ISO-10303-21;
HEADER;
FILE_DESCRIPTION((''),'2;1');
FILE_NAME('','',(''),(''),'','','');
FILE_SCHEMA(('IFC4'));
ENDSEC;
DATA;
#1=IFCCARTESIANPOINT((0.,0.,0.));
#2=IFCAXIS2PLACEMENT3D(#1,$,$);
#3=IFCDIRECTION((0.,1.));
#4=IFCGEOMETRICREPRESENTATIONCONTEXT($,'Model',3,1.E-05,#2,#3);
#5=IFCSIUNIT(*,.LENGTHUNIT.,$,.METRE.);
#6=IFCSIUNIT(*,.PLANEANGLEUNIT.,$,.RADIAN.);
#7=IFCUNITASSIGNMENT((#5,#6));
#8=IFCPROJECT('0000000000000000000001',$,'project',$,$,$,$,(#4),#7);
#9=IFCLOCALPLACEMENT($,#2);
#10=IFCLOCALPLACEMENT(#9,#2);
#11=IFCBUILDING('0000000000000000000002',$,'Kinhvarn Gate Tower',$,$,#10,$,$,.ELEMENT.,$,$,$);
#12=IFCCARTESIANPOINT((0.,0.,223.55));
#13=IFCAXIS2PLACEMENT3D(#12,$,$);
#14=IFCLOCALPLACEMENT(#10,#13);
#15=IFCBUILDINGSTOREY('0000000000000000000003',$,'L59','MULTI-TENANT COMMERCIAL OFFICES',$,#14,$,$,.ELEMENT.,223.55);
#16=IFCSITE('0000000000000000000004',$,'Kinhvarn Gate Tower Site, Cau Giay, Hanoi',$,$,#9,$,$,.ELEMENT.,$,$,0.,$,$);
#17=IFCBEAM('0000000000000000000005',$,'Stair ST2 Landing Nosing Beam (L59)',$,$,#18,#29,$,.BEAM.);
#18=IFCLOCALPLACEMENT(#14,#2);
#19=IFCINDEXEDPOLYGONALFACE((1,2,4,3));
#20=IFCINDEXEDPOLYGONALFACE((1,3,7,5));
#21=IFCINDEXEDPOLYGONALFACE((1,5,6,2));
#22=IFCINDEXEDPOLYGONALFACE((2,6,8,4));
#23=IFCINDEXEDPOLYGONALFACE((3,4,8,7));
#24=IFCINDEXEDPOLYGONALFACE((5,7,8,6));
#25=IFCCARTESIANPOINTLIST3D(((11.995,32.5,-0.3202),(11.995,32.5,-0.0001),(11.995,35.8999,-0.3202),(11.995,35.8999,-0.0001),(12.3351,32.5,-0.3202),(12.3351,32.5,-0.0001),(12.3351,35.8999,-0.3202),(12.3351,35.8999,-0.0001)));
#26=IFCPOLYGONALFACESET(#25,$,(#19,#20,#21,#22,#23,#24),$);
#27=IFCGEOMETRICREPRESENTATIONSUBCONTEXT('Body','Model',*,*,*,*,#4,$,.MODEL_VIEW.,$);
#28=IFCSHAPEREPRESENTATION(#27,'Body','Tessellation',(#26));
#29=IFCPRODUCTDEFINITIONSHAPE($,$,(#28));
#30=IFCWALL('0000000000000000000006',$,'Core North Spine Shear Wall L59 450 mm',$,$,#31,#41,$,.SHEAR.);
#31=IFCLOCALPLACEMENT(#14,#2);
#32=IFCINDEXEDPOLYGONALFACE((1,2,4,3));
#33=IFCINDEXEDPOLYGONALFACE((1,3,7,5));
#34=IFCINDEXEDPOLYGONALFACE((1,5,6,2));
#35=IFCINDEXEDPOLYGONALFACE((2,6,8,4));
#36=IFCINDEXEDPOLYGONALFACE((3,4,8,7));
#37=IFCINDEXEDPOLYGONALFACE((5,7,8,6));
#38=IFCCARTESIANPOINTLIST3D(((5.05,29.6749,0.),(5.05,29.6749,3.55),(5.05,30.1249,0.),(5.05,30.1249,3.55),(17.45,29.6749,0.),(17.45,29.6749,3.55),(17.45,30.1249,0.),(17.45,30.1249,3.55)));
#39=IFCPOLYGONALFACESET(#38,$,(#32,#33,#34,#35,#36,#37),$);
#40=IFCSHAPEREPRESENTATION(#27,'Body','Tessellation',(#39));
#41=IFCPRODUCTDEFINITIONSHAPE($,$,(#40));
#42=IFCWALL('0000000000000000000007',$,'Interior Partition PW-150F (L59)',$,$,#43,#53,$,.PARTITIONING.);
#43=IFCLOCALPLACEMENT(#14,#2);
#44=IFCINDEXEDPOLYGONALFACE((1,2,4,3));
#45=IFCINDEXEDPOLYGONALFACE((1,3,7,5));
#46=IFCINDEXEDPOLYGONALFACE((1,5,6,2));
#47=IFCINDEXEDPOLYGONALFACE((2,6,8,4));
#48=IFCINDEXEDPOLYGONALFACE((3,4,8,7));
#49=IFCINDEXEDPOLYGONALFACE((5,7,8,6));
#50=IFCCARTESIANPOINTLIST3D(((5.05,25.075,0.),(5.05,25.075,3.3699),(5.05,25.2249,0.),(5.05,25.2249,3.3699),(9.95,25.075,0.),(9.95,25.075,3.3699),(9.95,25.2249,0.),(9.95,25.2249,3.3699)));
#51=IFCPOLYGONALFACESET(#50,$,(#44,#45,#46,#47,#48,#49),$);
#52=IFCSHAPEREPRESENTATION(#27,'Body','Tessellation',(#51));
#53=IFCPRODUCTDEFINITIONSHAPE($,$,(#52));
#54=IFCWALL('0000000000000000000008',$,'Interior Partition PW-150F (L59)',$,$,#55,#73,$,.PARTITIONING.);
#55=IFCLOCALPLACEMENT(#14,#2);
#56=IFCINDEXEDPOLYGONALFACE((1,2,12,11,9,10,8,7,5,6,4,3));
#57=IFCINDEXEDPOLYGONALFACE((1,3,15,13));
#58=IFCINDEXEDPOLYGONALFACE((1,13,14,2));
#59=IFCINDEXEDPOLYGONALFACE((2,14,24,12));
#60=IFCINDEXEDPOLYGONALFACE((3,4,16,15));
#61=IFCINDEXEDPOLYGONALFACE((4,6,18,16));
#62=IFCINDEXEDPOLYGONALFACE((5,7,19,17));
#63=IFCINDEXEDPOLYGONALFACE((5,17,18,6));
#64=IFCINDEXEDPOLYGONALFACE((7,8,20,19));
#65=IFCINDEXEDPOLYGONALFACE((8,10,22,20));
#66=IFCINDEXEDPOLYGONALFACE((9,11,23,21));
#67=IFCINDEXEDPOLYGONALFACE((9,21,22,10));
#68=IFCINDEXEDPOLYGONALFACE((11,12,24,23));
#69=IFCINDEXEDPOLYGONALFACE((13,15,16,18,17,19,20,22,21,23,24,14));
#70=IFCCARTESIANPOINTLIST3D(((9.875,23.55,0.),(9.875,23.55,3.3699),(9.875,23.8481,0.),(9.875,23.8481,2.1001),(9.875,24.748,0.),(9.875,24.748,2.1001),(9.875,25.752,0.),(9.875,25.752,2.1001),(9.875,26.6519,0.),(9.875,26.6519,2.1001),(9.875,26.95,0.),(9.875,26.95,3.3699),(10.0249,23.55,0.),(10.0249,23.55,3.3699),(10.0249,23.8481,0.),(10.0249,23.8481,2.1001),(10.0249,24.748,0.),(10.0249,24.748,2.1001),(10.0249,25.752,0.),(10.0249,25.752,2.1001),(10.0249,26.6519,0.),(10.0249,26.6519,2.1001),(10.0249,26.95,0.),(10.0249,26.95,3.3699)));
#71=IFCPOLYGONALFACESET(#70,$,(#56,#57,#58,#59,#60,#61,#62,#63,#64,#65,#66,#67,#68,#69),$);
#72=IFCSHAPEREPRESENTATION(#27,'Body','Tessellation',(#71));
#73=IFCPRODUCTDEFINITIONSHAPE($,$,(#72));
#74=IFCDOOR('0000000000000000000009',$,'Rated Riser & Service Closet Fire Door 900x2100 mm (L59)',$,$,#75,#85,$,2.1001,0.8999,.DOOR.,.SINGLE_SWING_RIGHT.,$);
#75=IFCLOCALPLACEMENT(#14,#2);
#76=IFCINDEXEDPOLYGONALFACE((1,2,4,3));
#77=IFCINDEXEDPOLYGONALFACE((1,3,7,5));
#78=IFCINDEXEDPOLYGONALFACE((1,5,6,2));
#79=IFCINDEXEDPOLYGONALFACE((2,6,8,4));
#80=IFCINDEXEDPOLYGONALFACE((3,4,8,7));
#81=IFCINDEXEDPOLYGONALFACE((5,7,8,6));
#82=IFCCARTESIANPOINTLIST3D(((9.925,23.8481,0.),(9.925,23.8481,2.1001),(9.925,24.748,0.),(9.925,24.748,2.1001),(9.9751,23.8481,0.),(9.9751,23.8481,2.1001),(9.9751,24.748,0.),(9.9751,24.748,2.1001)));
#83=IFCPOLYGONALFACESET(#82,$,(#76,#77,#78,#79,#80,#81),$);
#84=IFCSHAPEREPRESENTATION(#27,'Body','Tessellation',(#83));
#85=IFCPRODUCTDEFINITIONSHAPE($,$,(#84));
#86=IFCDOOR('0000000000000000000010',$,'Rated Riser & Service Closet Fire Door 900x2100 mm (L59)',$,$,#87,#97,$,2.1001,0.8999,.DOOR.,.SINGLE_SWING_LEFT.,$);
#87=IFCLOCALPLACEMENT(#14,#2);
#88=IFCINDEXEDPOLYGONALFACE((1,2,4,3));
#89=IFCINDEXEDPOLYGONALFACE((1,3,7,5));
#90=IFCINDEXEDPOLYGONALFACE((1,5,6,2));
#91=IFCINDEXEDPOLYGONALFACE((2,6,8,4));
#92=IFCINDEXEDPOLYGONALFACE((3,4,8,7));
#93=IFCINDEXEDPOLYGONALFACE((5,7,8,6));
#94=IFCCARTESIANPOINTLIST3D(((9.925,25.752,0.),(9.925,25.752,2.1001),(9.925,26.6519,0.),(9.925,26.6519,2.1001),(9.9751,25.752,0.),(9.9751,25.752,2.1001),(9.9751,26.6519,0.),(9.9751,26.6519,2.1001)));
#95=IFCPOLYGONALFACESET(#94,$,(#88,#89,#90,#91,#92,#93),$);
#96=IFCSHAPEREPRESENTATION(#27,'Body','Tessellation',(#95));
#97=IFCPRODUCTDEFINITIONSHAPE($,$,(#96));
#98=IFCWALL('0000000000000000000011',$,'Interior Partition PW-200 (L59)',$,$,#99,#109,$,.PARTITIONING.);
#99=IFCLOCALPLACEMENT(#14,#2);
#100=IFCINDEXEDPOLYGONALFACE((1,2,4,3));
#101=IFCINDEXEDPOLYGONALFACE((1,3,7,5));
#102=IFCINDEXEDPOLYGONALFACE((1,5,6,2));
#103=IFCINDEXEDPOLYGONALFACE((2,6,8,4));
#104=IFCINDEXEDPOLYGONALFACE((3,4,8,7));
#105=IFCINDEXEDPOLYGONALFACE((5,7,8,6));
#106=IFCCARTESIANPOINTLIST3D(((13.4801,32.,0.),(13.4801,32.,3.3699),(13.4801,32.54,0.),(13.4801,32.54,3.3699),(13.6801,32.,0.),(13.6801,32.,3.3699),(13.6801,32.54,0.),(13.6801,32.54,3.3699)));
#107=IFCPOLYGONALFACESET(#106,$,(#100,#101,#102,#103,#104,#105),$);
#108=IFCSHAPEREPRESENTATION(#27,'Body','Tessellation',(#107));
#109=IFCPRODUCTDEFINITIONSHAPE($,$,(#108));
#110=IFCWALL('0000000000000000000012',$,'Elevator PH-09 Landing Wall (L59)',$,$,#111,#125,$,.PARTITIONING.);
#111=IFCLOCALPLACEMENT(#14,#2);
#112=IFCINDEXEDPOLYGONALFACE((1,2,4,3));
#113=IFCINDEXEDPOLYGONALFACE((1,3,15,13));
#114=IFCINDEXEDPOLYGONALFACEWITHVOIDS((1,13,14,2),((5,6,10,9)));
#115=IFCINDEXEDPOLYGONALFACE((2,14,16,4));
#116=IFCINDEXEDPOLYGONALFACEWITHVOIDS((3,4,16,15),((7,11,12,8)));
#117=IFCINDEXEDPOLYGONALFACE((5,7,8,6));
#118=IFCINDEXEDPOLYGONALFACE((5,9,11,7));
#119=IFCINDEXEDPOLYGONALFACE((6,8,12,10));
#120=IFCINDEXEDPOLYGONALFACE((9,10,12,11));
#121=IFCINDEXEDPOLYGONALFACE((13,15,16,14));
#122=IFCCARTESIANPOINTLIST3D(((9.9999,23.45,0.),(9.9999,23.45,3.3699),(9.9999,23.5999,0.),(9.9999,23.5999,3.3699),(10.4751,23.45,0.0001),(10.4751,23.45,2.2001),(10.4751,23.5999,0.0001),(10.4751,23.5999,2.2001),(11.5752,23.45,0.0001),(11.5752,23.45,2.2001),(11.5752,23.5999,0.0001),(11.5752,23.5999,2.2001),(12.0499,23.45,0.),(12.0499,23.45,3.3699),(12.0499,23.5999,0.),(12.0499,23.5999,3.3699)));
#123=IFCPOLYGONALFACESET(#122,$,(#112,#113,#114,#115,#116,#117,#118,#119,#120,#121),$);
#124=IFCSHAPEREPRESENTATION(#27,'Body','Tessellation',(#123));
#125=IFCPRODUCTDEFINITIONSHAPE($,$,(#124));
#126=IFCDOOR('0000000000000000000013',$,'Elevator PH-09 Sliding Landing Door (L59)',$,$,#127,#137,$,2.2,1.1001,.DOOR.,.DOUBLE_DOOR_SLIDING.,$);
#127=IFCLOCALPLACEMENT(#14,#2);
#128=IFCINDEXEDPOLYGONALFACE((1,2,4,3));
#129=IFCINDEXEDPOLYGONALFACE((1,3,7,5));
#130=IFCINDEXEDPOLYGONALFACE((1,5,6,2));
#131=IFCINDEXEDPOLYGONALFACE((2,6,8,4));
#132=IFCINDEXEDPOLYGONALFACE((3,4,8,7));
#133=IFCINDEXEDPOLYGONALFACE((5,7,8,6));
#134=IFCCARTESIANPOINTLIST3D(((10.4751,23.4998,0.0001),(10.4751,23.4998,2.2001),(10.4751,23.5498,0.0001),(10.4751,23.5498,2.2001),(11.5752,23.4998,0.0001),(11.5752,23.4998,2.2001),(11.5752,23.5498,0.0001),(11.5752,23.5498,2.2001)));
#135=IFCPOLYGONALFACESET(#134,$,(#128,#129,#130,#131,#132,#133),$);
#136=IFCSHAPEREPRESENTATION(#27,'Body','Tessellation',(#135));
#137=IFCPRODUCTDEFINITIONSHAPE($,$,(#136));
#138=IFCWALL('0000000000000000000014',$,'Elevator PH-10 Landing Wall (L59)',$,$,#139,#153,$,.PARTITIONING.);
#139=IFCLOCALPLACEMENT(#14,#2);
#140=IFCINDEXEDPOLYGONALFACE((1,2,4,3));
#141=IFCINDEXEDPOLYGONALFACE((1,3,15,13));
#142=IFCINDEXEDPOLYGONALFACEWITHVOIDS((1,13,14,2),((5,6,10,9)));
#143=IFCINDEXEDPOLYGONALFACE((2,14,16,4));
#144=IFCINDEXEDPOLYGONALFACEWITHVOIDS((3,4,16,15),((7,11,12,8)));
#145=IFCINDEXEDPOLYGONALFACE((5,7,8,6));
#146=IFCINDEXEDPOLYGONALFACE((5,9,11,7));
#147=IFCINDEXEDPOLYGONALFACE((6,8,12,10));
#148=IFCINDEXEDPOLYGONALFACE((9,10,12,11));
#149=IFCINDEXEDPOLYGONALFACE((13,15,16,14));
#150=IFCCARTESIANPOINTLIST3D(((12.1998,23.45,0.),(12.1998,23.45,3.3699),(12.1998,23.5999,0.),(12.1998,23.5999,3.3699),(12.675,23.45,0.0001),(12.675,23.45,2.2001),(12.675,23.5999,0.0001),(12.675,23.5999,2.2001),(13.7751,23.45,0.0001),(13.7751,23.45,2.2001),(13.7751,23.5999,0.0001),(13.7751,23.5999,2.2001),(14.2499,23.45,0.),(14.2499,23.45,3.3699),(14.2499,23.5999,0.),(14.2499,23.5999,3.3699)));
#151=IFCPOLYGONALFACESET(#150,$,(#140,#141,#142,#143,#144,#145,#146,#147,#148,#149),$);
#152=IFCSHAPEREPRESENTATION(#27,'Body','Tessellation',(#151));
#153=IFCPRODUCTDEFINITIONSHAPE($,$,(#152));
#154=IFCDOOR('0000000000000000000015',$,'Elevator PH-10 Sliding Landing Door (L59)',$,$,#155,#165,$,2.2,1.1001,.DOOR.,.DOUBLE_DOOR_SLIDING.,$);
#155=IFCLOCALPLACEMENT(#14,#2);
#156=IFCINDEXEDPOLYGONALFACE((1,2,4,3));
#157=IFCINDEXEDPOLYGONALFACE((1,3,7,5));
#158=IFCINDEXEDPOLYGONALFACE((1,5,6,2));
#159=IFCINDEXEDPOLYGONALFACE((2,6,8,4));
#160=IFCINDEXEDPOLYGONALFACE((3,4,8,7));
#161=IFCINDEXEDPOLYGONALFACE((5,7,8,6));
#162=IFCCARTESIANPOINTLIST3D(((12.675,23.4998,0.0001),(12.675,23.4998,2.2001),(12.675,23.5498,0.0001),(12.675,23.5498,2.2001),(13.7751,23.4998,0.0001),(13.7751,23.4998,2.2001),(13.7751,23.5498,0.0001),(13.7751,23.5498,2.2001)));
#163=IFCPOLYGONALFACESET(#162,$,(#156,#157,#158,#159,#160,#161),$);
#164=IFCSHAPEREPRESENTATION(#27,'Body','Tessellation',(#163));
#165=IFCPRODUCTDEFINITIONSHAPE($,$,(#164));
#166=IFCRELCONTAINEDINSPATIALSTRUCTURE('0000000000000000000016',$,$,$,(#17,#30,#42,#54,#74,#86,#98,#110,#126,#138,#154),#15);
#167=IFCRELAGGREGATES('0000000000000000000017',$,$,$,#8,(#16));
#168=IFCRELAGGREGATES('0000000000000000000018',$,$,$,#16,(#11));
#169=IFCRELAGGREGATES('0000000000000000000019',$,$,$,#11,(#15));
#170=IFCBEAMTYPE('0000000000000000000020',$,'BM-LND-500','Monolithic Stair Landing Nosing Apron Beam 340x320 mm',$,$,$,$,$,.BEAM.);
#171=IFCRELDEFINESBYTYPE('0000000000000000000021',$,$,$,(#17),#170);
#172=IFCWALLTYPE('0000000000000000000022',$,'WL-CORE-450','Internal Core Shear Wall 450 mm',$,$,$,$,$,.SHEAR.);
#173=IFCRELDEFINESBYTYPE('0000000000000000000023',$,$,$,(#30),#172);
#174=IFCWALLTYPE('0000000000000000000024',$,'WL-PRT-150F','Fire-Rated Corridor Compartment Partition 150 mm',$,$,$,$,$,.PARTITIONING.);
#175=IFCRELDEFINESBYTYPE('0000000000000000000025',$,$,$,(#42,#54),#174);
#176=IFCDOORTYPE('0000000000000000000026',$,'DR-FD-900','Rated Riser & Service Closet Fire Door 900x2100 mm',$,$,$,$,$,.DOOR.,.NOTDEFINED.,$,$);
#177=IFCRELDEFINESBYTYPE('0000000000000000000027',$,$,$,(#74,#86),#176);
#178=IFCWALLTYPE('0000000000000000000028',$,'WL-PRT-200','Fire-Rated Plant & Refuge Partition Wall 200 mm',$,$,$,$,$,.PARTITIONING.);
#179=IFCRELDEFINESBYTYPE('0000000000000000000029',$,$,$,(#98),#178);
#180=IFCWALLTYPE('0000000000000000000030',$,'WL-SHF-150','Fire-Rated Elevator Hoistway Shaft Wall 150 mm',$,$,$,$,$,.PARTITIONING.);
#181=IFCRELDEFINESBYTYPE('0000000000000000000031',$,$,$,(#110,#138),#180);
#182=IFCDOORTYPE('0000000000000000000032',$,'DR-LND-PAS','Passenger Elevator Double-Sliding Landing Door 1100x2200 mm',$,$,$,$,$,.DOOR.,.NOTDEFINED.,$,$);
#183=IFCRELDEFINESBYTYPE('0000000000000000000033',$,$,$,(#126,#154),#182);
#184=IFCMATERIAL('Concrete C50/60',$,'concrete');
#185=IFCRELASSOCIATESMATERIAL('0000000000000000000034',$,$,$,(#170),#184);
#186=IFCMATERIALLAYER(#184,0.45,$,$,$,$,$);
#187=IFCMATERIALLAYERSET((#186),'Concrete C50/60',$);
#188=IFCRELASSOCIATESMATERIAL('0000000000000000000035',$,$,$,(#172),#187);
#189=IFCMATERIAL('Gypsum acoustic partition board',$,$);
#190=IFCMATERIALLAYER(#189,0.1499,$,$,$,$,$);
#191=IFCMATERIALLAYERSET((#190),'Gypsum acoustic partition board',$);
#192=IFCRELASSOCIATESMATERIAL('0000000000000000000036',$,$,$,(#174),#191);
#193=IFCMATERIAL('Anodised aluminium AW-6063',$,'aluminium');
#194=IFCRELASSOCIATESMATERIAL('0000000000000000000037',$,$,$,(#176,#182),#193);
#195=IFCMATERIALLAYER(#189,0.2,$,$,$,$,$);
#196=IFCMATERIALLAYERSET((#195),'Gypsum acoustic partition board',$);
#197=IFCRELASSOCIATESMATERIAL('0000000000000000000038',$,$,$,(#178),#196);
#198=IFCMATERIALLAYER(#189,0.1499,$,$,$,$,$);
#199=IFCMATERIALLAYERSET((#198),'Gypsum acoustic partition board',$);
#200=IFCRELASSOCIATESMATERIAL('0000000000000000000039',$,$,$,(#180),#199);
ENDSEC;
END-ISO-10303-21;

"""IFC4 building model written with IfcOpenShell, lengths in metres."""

from ifc_helpers import new_model, si_unit, direction, frame, frame_2d, origin, origin_2d, place, context, subcontext, project, spatial, rectangle, extrude, material, layer, layer_set, material_profile, profile_set, type_object, element, fill, save


model = new_model("IFC4")

# Units and contexts
model_context = context("Model", 3, precision=1e-05, world=origin(), true_north=direction((0.0, 1.0)))
body_context = subcontext(model_context, "Body", "Model", "MODEL_VIEW")
ifc_project = project(units=[si_unit("LENGTHUNIT", "METRE"), si_unit("PLANEANGLEUNIT", "RADIAN")], contexts=[model_context])

# Site, building, storey
site_placement = place(None, origin())
site = spatial("IfcSite", under=ifc_project, at=site_placement, Name="Kinhvarn Gate Tower Site, Cau Giay, Hanoi", CompositionType="ELEMENT", RefElevation=0.0)
building_placement = place(site_placement, origin())
building = spatial("IfcBuilding", under=site, at=building_placement, Name="Kinhvarn Gate Tower", CompositionType="ELEMENT")
storey_placement = place(building_placement, frame((0.0, 0.0, 223.55)))
storey = spatial("IfcBuildingStorey", under=building, at=storey_placement, Name="L59", Description="MULTI-TENANT COMMERCIAL OFFICES", CompositionType="ELEMENT", Elevation=223.55)

# Beam
ifc_material_1 = material(Name="Concrete C50/60", Category="concrete")
ifc_material_profile = material_profile(ifc_material_1, rectangle(XDim=0.3401, YDim=0.3201, at=origin_2d()), Name="RC 340x320")
ifc_profile_set = profile_set([ifc_material_profile], Name="Concrete C50/60")
beam_type = type_object("IfcBeamType", Name="BM-LND-500", Description="Monolithic Stair Landing Nosing Apron Beam 340x320 mm", PredefinedType="BEAM", material=ifc_profile_set)
beam_placement = place(storey_placement, frame((12.165, 32.5, -0.1602), z_axis=(0.0, 1.0, 0.0), x_axis=(-1.0, 0.0, 0.0)))
element("IfcBeam", 1, at=beam_placement, inside=storey, type_object=beam_type, Name="Stair ST2 Landing Nosing Beam (L59)", PredefinedType="BEAM", context=body_context, shape_type="SweptSolid", body=[
    extrude(rectangle(XDim=0.3401, YDim=0.3201, at=origin_2d()), origin(), (0.0, 0.0, 1.0), 3.3999),
])

# Walls
ifc_layer_1 = layer(ifc_material_1, 0.45)
ifc_layer_set_1 = layer_set([ifc_layer_1], Name="Concrete C50/60")
wall_type_1 = type_object("IfcWallType", Name="WL-CORE-450", Description="Internal Core Shear Wall 450 mm", PredefinedType="SHEAR", material=ifc_layer_set_1)
wall_1_placement = place(storey_placement, frame((5.05, 29.8999, 0.0), z_axis=(0.0, 0.0, 1.0), x_axis=(1.0, 0.0, 0.0)))
element("IfcWall", 2, at=wall_1_placement, inside=storey, type_object=wall_type_1, Name="Core North Spine Shear Wall L59 450 mm", PredefinedType="SHEAR", context=body_context, shape_type="SweptSolid", body=[
    extrude(rectangle(XDim=12.3999, YDim=0.45, at=frame_2d((6.2, 0.0))), origin(), (0.0, 0.0, 1.0), 3.55),
])
ifc_material_2 = material(Name="Gypsum acoustic partition board")
ifc_layer_2 = layer(ifc_material_2, 0.1499)
ifc_layer_set_2 = layer_set([ifc_layer_2], Name="Gypsum acoustic partition board")
wall_type_2 = type_object("IfcWallType", Name="WL-PRT-150F", Description="Fire-Rated Corridor Compartment Partition 150 mm", PredefinedType="PARTITIONING", material=ifc_layer_set_2)
wall_2_placement = place(storey_placement, frame((5.05, 25.1499, 0.0), z_axis=(0.0, 0.0, 1.0), x_axis=(1.0, 0.0, 0.0)))
element("IfcWall", 3, at=wall_2_placement, inside=storey, type_object=wall_type_2, Name="Interior Partition PW-150F (L59)", PredefinedType="PARTITIONING", context=body_context, shape_type="SweptSolid", body=[
    extrude(rectangle(XDim=4.8999, YDim=0.1499, at=frame_2d((2.45, 0.0))), origin(), (0.0, 0.0, 1.0), 3.3699),
])

# Wall, openings, doors
wall_3_placement = place(storey_placement, frame((9.95, 23.55, 0.0), z_axis=(0.0, 0.0, 1.0), x_axis=(0.0, 1.0, 0.0)))
wall_3 = element("IfcWall", 4, at=wall_3_placement, inside=storey, type_object=wall_type_2, Name="Interior Partition PW-150F (L59)", PredefinedType="PARTITIONING", context=body_context, shape_type="SweptSolid", body=[
    extrude(rectangle(XDim=3.3999, YDim=0.1499, at=frame_2d((1.7, 0.0))), origin(), (0.0, 0.0, 1.0), 3.3699),
])
opening_1_placement = place(wall_3_placement, frame((0.2981, 0.0, 0.0)))
opening_1 = element("IfcOpeningElement", 5, at=opening_1_placement, cuts=wall_3, PredefinedType="OPENING", context=body_context, shape_type="SweptSolid", body=[
    extrude(rectangle(XDim=0.8999, YDim=2.1001, at=frame_2d((0.45, 1.05))), frame((0.0, 0.085, 0.0), z_axis=(0.0, -1.0, 0.0), x_axis=(1.0, 0.0, 0.0)), (0.0, 0.0, 1.0), 0.1699),
])
opening_2_placement = place(wall_3_placement, frame((2.2019, 0.0, 0.0)))
opening_2 = element("IfcOpeningElement", 6, at=opening_2_placement, cuts=wall_3, PredefinedType="OPENING", context=body_context, shape_type="SweptSolid", body=[
    extrude(rectangle(XDim=0.8999, YDim=2.1001, at=frame_2d((0.45, 1.05))), frame((0.0, 0.085, 0.0), z_axis=(0.0, -1.0, 0.0), x_axis=(1.0, 0.0, 0.0)), (0.0, 0.0, 1.0), 0.1699),
])
ifc_material_3 = material(Name="Anodised aluminium AW-6063", Category="aluminium")
door_type_1 = type_object("IfcDoorType", Name="DR-FD-900", Description="Rated Riser & Service Closet Fire Door 900x2100 mm", OperationType="NOTDEFINED", PredefinedType="DOOR", material=ifc_material_3)
door_1_placement = place(opening_1_placement, origin())
door_1 = element("IfcDoor", 7, at=door_1_placement, inside=storey, type_object=door_type_1, Name="Rated Riser & Service Closet Fire Door 900x2100 mm (L59)", OperationType="SINGLE_SWING_RIGHT", OverallHeight=2.1001, OverallWidth=0.8999, PredefinedType="DOOR", context=body_context, shape_type="SweptSolid", body=[
    extrude(rectangle(XDim=0.8999, YDim=2.1001, at=frame_2d((0.45, 1.05))), frame((0.0, 0.0249, 0.0), z_axis=(0.0, -1.0, 0.0), x_axis=(1.0, 0.0, 0.0)), (0.0, 0.0, 1.0), 0.05),
])
fill(opening_1, door_1)
door_2_placement = place(opening_2_placement, origin())
door_2 = element("IfcDoor", 8, at=door_2_placement, inside=storey, type_object=door_type_1, Name="Rated Riser & Service Closet Fire Door 900x2100 mm (L59)", OperationType="SINGLE_SWING_LEFT", OverallHeight=2.1001, OverallWidth=0.8999, PredefinedType="DOOR", context=body_context, shape_type="SweptSolid", body=[
    extrude(rectangle(XDim=0.8999, YDim=2.1001, at=frame_2d((0.45, 1.05))), frame((0.0, 0.0249, 0.0), z_axis=(0.0, -1.0, 0.0), x_axis=(1.0, 0.0, 0.0)), (0.0, 0.0, 1.0), 0.05),
])
fill(opening_2, door_2)

# Wall
ifc_layer_3 = layer(ifc_material_2, 0.2)
ifc_layer_set_3 = layer_set([ifc_layer_3], Name="Gypsum acoustic partition board")
wall_type_3 = type_object("IfcWallType", Name="WL-PRT-200", Description="Fire-Rated Plant & Refuge Partition Wall 200 mm", PredefinedType="PARTITIONING", material=ifc_layer_set_3)
wall_4_placement = place(storey_placement, frame((13.5801, 32.0, 0.0), z_axis=(0.0, 0.0, 1.0), x_axis=(0.0, 1.0, 0.0)))
element("IfcWall", 9, at=wall_4_placement, inside=storey, type_object=wall_type_3, Name="Interior Partition PW-200 (L59)", PredefinedType="PARTITIONING", context=body_context, shape_type="SweptSolid", body=[
    extrude(rectangle(XDim=0.54, YDim=0.2, at=frame_2d((0.27, 0.0))), origin(), (0.0, 0.0, 1.0), 3.3699),
])

# Walls, openings, doors
ifc_layer_4 = layer(ifc_material_2, 0.1499)
ifc_layer_set_4 = layer_set([ifc_layer_4], Name="Gypsum acoustic partition board")
wall_type_4 = type_object("IfcWallType", Name="WL-SHF-150", Description="Fire-Rated Elevator Hoistway Shaft Wall 150 mm", PredefinedType="PARTITIONING", material=ifc_layer_set_4)
wall_5_placement = place(storey_placement, frame((10.0, 23.5249, 0.0), z_axis=(0.0, 0.0, 1.0), x_axis=(1.0, 0.0, 0.0)))
wall_5 = element("IfcWall", 10, at=wall_5_placement, inside=storey, type_object=wall_type_4, Name="Elevator PH-09 Landing Wall (L59)", PredefinedType="PARTITIONING", context=body_context, shape_type="SweptSolid", body=[
    extrude(rectangle(XDim=2.05, YDim=0.1499, at=frame_2d((1.0249, 0.0))), origin(), (0.0, 0.0, 1.0), 3.3699),
])
opening_3_placement = place(wall_5_placement, frame((0.4751, 0.0, 0.0)))
opening_3 = element("IfcOpeningElement", 11, at=opening_3_placement, cuts=wall_5, PredefinedType="OPENING", context=body_context, shape_type="SweptSolid", body=[
    extrude(rectangle(XDim=1.1001, YDim=2.2, at=frame_2d((0.55, 1.1001))), frame((0.0, 0.085, 0.0), z_axis=(0.0, -1.0, 0.0), x_axis=(1.0, 0.0, 0.0)), (0.0, 0.0, 1.0), 0.1699),
])
door_type_2 = type_object("IfcDoorType", Name="DR-LND-PAS", Description="Passenger Elevator Double-Sliding Landing Door 1100x2200 mm", OperationType="NOTDEFINED", PredefinedType="DOOR", material=ifc_material_3)
door_3_placement = place(opening_3_placement, origin())
door_3 = element("IfcDoor", 12, at=door_3_placement, inside=storey, type_object=door_type_2, Name="Elevator PH-09 Sliding Landing Door (L59)", OperationType="DOUBLE_DOOR_SLIDING", OverallHeight=2.2, OverallWidth=1.1001, PredefinedType="DOOR", context=body_context, shape_type="SweptSolid", body=[
    extrude(rectangle(XDim=1.1001, YDim=2.2, at=frame_2d((0.55, 1.1001))), frame((0.0, 0.0249, 0.0), z_axis=(0.0, -1.0, 0.0), x_axis=(1.0, 0.0, 0.0)), (0.0, 0.0, 1.0), 0.05),
])
fill(opening_3, door_3)
wall_6_placement = place(storey_placement, frame((12.2, 23.5249, 0.0), z_axis=(0.0, 0.0, 1.0), x_axis=(1.0, 0.0, 0.0)))
wall_6 = element("IfcWall", 13, at=wall_6_placement, inside=storey, type_object=wall_type_4, Name="Elevator PH-10 Landing Wall (L59)", PredefinedType="PARTITIONING", context=body_context, shape_type="SweptSolid", body=[
    extrude(rectangle(XDim=2.05, YDim=0.1499, at=frame_2d((1.0249, 0.0))), origin(), (0.0, 0.0, 1.0), 3.3699),
])
opening_4_placement = place(wall_6_placement, frame((0.4751, 0.0, 0.0)))
opening_4 = element("IfcOpeningElement", 14, at=opening_4_placement, cuts=wall_6, PredefinedType="OPENING", context=body_context, shape_type="SweptSolid", body=[
    extrude(rectangle(XDim=1.1001, YDim=2.2, at=frame_2d((0.55, 1.1001))), frame((0.0, 0.085, 0.0), z_axis=(0.0, -1.0, 0.0), x_axis=(1.0, 0.0, 0.0)), (0.0, 0.0, 1.0), 0.1699),
])
door_4_placement = place(opening_4_placement, origin())
door_4 = element("IfcDoor", 15, at=door_4_placement, inside=storey, type_object=door_type_2, Name="Elevator PH-10 Sliding Landing Door (L59)", OperationType="DOUBLE_DOOR_SLIDING", OverallHeight=2.2, OverallWidth=1.1001, PredefinedType="DOOR", context=body_context, shape_type="SweptSolid", body=[
    extrude(rectangle(XDim=1.1001, YDim=2.2, at=frame_2d((0.55, 1.1001))), frame((0.0, 0.0249, 0.0), z_axis=(0.0, -1.0, 0.0), x_axis=(1.0, 0.0, 0.0)), (0.0, 0.0, 1.0), 0.05),
])
fill(opening_4, door_4)

save(model, "model.ifc")
